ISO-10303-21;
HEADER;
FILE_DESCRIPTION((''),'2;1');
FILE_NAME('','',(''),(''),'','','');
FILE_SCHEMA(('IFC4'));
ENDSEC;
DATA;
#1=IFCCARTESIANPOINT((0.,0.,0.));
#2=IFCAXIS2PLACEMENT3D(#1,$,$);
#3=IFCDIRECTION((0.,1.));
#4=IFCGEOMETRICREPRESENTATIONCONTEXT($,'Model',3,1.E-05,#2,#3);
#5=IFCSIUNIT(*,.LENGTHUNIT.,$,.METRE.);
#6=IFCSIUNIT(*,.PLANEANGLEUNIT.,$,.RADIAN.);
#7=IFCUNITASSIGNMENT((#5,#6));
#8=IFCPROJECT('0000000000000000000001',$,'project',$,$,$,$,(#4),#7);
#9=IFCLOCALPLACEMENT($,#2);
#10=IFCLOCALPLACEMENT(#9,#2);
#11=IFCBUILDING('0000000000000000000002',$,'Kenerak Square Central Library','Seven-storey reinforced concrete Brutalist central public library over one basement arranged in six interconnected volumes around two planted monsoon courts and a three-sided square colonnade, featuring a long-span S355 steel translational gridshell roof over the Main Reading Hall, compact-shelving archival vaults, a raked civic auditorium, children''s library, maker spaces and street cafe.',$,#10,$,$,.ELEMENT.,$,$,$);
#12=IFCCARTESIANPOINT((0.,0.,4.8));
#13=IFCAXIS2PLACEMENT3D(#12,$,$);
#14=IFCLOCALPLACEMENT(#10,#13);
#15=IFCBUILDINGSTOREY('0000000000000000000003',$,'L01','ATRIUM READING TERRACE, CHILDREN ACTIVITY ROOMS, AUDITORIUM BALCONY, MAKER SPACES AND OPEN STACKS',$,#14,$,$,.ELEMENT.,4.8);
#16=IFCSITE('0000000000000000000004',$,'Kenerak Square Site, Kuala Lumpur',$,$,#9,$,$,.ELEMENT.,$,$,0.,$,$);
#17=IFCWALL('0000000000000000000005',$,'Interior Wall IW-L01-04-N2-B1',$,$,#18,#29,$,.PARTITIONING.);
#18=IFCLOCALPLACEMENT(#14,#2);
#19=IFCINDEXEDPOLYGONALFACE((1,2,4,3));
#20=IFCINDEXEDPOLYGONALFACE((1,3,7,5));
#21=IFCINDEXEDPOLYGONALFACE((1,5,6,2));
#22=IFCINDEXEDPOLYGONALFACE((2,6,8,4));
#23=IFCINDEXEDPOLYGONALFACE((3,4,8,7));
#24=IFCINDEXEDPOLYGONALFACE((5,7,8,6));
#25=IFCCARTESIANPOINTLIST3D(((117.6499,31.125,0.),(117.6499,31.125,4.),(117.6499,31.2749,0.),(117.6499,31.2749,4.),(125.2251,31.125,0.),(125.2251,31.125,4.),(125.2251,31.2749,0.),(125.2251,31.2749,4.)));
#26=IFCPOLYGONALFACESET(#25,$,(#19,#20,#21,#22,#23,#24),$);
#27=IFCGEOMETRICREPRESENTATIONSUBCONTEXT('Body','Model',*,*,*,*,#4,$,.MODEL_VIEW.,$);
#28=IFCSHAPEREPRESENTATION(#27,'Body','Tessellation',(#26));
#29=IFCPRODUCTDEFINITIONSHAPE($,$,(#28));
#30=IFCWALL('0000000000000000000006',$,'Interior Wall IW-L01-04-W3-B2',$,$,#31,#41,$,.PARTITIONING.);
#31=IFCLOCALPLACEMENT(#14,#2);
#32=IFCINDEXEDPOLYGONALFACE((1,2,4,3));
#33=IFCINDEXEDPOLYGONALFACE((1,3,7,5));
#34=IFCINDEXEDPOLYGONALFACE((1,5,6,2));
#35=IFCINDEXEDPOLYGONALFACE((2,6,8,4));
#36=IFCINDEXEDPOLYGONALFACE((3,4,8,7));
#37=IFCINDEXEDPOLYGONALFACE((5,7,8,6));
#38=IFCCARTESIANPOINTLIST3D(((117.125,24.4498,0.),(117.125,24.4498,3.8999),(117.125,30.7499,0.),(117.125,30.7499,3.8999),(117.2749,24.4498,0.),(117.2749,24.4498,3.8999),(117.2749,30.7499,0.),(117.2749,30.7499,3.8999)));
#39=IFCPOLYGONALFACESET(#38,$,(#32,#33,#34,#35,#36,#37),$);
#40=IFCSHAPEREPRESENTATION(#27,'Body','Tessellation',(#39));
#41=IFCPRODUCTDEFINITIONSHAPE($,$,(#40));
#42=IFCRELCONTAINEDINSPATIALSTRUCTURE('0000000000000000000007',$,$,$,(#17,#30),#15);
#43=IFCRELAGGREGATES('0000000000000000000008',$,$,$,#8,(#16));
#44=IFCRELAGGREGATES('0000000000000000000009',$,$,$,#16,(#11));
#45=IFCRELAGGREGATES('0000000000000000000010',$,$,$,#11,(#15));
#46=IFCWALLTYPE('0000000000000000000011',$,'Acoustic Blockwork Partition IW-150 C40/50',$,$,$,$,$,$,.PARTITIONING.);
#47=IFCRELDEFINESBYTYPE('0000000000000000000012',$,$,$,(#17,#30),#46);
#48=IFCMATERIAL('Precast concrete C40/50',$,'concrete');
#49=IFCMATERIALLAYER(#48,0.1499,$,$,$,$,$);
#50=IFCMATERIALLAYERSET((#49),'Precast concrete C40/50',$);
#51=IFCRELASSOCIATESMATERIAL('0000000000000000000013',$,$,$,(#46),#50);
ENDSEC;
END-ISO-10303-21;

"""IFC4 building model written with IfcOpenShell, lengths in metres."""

from ifc_helpers import new_model, si_unit, direction, frame, frame_2d, origin, place, context, subcontext, project, spatial, rectangle, extrude, material, layer, layer_set, type_object, element, save


model = new_model("IFC4")

# Units and contexts
model_context = context("Model", 3, precision=1e-05, world=origin(), true_north=direction((0.0, 1.0)))
body_context = subcontext(model_context, "Body", "Model", "MODEL_VIEW")
ifc_project = project(units=[si_unit("LENGTHUNIT", "METRE"), si_unit("PLANEANGLEUNIT", "RADIAN")], contexts=[model_context])

# Site, building, storey
site_placement = place(None, origin())
site = spatial("IfcSite", under=ifc_project, at=site_placement, Name="Kenerak Square Site, Kuala Lumpur", CompositionType="ELEMENT", RefElevation=0.0)
building_placement = place(site_placement, origin())
building = spatial("IfcBuilding", under=site, at=building_placement, Name="Kenerak Square Central Library", Description="Seven-storey reinforced concrete Brutalist central public library over one basement arranged in six interconnected volumes around two planted monsoon courts and a three-sided square colonnade, featuring a long-span S355 steel translational gridshell roof over the Main Reading Hall, compact-shelving archival vaults, a raked civic auditorium, children's library, maker spaces and street cafe.", CompositionType="ELEMENT")
storey_placement = place(building_placement, frame((0.0, 0.0, 4.8)))
storey = spatial("IfcBuildingStorey", under=building, at=storey_placement, Name="L01", Description="ATRIUM READING TERRACE, CHILDREN ACTIVITY ROOMS, AUDITORIUM BALCONY, MAKER SPACES AND OPEN STACKS", CompositionType="ELEMENT", Elevation=4.8)

# Walls
ifc_material_1 = material(Name="Precast concrete C40/50", Category="concrete")
ifc_layer_1 = layer(ifc_material_1, 0.1499)
ifc_layer_set_1 = layer_set([ifc_layer_1], Name="Precast concrete C40/50")
wall_type = type_object("IfcWallType", Name="Acoustic Blockwork Partition IW-150 C40/50", PredefinedType="PARTITIONING", material=ifc_layer_set_1)
wall_1_placement = place(storey_placement, frame((117.6499, 31.2, 0.0), z_axis=(0.0, 0.0, 1.0), x_axis=(1.0, 0.0, 0.0)))
element("IfcWall", 1, at=wall_1_placement, inside=storey, type_object=wall_type, Name="Interior Wall IW-L01-04-N2-B1", PredefinedType="PARTITIONING", context=body_context, shape_type="SweptSolid", body=[
    extrude(rectangle(XDim=7.5752, YDim=0.1499, at=frame_2d((3.7876, 0.0))), origin(), (0.0, 0.0, 1.0), 4.0),
])
wall_2_placement = place(storey_placement, frame((117.2, 24.45, 0.0), z_axis=(0.0, 0.0, 1.0), x_axis=(0.0, 1.0, 0.0)))
element("IfcWall", 2, at=wall_2_placement, inside=storey, type_object=wall_type, Name="Interior Wall IW-L01-04-W3-B2", PredefinedType="PARTITIONING", context=body_context, shape_type="SweptSolid", body=[
    extrude(rectangle(XDim=6.3, YDim=0.1499, at=frame_2d((3.1499, 0.0))), origin(), (0.0, 0.0, 1.0), 3.8999),
])

save(model, "model.ifc")
